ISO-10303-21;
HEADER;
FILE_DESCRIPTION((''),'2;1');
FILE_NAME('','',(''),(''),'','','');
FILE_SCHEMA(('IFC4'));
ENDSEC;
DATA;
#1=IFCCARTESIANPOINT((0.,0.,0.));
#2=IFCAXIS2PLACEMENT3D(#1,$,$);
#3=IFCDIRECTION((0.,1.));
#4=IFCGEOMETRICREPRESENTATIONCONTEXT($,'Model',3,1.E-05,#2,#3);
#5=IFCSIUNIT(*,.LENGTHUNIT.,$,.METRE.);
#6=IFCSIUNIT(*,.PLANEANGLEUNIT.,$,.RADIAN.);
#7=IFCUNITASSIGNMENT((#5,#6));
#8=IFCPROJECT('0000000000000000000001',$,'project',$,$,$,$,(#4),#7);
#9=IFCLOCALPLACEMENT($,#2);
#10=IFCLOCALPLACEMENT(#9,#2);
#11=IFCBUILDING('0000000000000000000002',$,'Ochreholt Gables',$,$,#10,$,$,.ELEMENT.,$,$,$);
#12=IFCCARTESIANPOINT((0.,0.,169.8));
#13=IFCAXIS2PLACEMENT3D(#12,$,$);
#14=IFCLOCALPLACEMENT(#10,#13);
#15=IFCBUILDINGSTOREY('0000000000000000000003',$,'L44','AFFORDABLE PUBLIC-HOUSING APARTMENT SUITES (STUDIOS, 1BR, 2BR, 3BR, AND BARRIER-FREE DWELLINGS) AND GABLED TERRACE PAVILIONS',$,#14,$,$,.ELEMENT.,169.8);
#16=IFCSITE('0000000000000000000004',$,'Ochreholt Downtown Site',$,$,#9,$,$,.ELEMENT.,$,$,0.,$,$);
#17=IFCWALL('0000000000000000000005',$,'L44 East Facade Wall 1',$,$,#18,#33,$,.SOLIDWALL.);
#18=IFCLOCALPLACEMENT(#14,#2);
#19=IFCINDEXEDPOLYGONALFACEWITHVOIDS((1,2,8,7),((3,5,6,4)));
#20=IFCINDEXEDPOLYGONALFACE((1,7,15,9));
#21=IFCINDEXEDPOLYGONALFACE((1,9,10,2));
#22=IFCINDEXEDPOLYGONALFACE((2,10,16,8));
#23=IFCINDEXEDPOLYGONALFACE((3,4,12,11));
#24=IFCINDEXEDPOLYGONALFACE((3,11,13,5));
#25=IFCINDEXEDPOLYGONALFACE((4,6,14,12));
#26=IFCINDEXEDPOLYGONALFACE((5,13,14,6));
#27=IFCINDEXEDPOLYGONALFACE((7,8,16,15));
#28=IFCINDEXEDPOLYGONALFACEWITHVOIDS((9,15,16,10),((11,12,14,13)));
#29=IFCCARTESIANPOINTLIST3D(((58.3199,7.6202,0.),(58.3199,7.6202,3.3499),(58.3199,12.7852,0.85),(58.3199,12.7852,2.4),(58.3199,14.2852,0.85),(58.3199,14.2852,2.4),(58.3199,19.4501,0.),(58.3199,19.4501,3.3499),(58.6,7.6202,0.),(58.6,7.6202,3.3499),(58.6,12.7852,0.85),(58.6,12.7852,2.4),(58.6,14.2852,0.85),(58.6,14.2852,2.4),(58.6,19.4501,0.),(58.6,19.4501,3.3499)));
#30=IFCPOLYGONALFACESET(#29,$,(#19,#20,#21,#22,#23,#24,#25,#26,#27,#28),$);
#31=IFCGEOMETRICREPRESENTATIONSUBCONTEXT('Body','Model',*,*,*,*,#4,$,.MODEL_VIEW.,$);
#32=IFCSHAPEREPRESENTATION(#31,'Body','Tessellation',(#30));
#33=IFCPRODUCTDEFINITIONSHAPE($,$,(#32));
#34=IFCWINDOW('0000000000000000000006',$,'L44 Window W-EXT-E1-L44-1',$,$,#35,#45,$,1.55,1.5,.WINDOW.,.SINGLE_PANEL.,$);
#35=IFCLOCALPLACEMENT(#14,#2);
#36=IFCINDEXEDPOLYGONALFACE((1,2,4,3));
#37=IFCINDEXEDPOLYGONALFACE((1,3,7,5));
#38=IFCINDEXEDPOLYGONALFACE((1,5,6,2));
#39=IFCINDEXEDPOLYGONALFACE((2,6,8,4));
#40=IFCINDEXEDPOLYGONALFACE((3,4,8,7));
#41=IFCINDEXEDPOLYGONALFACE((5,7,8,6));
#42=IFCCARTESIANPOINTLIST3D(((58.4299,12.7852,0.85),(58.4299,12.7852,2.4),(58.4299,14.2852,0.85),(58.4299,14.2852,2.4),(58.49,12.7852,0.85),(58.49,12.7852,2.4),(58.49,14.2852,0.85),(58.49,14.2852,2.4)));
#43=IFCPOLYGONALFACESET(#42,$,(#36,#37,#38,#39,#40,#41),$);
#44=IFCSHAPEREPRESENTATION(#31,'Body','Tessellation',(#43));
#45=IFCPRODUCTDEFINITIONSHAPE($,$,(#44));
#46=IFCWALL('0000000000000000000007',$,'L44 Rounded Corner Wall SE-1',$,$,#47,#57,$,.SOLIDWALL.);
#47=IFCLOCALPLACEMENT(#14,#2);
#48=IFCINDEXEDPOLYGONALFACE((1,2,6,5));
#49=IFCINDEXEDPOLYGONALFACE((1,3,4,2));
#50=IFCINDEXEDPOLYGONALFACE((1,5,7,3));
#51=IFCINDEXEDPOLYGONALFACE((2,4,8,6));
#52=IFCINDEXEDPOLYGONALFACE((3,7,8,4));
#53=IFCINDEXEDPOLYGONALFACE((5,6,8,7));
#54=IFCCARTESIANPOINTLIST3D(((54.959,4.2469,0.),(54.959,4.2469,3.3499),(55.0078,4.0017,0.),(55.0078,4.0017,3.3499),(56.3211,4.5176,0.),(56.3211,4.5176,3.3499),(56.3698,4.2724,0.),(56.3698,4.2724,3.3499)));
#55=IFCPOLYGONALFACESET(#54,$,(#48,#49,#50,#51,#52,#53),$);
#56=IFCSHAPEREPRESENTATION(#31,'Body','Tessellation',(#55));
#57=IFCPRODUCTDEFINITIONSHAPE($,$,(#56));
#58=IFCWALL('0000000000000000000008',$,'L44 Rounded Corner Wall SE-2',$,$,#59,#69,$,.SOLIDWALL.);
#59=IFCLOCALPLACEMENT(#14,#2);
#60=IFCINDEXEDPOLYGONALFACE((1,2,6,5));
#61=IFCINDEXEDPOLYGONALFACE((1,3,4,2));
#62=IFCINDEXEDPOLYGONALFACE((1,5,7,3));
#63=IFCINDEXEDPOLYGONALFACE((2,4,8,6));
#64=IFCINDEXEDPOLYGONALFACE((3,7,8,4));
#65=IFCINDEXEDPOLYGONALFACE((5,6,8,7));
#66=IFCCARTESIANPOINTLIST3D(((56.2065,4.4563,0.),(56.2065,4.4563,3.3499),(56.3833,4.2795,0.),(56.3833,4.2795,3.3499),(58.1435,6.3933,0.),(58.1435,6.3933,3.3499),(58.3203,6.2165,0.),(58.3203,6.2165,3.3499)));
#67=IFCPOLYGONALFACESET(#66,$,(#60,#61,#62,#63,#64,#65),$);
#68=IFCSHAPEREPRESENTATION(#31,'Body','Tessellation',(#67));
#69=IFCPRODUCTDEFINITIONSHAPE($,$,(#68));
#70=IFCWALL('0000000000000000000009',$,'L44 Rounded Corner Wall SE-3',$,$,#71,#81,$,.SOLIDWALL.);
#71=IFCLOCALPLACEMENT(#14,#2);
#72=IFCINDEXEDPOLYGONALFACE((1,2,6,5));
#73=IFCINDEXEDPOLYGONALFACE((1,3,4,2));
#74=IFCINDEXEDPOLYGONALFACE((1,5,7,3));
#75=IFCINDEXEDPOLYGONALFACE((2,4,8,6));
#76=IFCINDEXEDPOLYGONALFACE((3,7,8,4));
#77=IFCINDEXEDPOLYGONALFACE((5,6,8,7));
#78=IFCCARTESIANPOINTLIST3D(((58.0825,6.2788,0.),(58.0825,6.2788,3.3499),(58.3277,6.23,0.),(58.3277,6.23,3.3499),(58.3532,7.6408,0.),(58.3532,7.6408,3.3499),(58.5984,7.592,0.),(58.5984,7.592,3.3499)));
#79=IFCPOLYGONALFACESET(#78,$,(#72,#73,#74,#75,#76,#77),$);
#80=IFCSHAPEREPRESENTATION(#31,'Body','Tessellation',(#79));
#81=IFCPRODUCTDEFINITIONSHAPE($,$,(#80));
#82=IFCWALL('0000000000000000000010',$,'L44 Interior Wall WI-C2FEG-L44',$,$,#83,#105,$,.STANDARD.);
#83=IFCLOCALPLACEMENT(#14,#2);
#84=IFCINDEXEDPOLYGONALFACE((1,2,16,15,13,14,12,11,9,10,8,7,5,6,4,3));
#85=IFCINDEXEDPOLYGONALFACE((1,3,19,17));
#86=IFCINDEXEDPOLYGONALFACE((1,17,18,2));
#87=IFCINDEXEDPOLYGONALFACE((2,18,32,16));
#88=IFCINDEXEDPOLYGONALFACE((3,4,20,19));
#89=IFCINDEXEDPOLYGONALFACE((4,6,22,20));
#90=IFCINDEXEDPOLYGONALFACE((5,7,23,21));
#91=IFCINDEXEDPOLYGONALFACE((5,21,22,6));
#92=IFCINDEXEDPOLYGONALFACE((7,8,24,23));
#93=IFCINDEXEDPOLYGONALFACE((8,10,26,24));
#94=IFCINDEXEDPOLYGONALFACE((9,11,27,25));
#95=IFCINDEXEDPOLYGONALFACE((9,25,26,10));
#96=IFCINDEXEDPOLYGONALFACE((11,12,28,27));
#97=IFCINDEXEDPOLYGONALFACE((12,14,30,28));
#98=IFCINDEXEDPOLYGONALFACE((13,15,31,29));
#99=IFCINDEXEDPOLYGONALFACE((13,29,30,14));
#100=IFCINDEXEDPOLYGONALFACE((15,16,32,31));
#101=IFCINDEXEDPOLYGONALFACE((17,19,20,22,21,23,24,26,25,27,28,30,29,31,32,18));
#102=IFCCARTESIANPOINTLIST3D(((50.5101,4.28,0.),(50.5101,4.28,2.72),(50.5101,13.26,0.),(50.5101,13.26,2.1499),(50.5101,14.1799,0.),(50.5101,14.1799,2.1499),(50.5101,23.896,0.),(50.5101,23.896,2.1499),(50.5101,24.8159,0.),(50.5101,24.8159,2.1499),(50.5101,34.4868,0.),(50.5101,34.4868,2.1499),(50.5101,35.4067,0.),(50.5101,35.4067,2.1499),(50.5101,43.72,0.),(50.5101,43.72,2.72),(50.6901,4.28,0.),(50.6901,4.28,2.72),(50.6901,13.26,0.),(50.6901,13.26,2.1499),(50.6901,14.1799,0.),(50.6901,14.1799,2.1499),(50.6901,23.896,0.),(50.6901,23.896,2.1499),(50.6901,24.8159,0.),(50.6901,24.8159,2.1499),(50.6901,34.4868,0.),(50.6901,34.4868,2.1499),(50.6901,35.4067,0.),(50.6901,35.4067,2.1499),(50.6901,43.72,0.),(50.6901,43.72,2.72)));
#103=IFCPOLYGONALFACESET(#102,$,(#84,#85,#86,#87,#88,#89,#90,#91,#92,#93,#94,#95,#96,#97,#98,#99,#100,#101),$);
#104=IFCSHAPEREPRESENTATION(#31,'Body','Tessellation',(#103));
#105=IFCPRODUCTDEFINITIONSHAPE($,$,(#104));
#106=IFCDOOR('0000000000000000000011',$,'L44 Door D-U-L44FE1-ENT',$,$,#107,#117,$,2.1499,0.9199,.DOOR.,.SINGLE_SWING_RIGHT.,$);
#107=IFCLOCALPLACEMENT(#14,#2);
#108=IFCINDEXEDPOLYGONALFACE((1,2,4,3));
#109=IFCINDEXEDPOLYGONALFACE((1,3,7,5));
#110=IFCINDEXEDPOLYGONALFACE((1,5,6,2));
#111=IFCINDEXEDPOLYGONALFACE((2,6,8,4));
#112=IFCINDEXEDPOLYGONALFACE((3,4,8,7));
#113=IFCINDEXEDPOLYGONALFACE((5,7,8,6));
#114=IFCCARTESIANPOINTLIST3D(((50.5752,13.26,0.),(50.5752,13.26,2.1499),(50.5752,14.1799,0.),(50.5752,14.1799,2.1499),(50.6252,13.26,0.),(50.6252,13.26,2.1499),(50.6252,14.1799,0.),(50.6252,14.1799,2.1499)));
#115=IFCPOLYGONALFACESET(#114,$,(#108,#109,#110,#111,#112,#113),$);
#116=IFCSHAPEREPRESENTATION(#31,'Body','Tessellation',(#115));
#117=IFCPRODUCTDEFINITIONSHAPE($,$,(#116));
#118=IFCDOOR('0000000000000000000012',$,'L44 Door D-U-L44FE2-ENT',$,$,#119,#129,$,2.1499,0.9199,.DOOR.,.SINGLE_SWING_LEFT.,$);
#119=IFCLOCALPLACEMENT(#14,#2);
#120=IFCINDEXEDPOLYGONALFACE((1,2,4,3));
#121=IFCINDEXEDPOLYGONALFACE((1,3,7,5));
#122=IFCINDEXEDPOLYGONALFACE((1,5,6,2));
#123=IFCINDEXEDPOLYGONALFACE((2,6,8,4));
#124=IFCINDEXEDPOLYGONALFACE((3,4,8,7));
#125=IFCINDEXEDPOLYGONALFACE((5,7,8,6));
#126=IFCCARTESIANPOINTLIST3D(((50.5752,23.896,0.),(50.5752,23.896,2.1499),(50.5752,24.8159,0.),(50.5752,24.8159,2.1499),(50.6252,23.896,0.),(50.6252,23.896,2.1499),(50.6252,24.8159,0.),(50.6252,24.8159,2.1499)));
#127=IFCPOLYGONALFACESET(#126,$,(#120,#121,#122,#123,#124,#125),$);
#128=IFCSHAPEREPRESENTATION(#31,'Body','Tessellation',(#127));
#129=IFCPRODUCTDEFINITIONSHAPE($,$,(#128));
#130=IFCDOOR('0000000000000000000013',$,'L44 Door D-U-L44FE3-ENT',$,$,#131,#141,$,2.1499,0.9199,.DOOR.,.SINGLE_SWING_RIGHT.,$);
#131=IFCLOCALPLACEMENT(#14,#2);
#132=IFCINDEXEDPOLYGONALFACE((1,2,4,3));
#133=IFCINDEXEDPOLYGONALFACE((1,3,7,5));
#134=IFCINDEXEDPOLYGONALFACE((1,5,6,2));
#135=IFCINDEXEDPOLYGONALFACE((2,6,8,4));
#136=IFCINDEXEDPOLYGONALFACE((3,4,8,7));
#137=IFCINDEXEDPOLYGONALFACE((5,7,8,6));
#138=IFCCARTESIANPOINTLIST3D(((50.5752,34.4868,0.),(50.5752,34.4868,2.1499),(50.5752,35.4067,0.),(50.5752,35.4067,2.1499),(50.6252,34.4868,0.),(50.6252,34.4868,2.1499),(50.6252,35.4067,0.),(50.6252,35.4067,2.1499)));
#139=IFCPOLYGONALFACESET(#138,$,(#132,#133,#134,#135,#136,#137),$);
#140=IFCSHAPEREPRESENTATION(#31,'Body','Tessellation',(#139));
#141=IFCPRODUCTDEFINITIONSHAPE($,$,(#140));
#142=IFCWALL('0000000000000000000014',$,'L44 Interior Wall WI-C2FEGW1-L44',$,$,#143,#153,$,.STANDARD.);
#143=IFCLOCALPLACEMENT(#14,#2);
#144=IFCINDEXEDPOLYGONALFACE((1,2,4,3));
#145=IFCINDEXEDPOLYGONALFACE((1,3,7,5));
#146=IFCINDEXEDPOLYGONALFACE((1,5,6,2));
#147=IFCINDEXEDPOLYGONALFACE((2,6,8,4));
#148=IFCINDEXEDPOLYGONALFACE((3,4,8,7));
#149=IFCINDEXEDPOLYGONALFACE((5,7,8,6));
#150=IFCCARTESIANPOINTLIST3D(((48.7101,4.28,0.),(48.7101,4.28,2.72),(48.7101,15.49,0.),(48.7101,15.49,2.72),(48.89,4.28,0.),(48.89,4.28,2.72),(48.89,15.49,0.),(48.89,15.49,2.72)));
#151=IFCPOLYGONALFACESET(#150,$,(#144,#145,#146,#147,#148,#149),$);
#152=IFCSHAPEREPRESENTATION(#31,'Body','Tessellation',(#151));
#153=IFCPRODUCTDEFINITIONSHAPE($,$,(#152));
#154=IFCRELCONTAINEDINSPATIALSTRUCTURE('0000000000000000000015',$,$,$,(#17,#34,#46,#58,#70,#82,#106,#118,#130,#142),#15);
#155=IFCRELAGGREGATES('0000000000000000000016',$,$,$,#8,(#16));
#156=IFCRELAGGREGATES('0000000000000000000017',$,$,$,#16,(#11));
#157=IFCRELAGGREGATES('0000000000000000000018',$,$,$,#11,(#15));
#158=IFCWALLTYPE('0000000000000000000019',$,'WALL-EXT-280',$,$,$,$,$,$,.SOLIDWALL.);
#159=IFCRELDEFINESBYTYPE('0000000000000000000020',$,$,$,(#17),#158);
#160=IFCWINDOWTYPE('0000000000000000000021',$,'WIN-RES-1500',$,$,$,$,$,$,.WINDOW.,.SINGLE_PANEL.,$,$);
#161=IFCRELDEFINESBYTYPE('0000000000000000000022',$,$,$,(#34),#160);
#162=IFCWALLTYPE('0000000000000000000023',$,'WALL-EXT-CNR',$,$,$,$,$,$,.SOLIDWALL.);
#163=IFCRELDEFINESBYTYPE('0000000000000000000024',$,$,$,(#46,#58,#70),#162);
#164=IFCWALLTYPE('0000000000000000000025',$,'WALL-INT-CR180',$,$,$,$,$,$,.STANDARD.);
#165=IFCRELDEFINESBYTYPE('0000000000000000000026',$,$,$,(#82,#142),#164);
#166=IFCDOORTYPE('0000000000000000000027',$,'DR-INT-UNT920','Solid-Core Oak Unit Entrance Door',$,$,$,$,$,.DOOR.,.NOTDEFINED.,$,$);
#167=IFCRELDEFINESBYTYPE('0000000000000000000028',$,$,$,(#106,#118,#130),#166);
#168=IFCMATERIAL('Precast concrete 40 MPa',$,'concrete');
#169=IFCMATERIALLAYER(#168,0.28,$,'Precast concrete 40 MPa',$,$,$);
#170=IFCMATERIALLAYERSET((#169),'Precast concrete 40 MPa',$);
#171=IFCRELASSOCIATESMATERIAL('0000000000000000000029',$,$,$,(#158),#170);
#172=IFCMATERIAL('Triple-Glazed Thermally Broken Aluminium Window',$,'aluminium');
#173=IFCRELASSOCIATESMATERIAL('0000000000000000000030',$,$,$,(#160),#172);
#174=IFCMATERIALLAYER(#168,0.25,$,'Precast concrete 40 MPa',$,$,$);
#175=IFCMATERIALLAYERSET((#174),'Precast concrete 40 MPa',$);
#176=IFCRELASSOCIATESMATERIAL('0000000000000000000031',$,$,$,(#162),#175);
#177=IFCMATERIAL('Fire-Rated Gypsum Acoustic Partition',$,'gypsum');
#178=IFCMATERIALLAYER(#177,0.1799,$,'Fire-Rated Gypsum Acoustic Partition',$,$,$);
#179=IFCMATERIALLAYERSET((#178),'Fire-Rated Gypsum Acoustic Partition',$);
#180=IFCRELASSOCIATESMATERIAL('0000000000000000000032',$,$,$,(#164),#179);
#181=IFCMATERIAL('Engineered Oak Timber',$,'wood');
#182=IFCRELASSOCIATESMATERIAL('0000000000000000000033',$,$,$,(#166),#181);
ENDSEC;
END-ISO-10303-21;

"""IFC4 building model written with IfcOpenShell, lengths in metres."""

from ifc_helpers import new_model, si_unit, direction, frame, frame_2d, origin, place, context, subcontext, project, spatial, rectangle, extrude, material, layer, layer_set, type_object, element, fill, save


model = new_model("IFC4")

# Units and contexts
model_context = context("Model", 3, precision=1e-05, world=origin(), true_north=direction((0.0, 1.0)))
body_context = subcontext(model_context, "Body", "Model", "MODEL_VIEW")
ifc_project = project(units=[si_unit("LENGTHUNIT", "METRE"), si_unit("PLANEANGLEUNIT", "RADIAN")], contexts=[model_context])

# Site, building, storey
site_placement = place(None, origin())
site = spatial("IfcSite", under=ifc_project, at=site_placement, Name="Ochreholt Downtown Site", CompositionType="ELEMENT", RefElevation=0.0)
building_placement = place(site_placement, origin())
building = spatial("IfcBuilding", under=site, at=building_placement, Name="Ochreholt Gables", CompositionType="ELEMENT")
storey_placement = place(building_placement, frame((0.0, 0.0, 169.8)))
storey = spatial("IfcBuildingStorey", under=building, at=storey_placement, Name="L44", Description="AFFORDABLE PUBLIC-HOUSING APARTMENT SUITES (STUDIOS, 1BR, 2BR, 3BR, AND BARRIER-FREE DWELLINGS) AND GABLED TERRACE PAVILIONS", CompositionType="ELEMENT", Elevation=169.8)

# Wall, opening, window
ifc_material_1 = material(Name="Precast concrete 40 MPa", Category="concrete")
ifc_layer_1 = layer(ifc_material_1, 0.28, Name="Precast concrete 40 MPa")
ifc_layer_set_1 = layer_set([ifc_layer_1], Name="Precast concrete 40 MPa")
wall_type_1 = type_object("IfcWallType", Name="WALL-EXT-280", PredefinedType="SOLIDWALL", material=ifc_layer_set_1)
wall_1_placement = place(storey_placement, frame((58.46, 7.6201, 0.0), z_axis=(0.0, 0.0, 1.0), x_axis=(0.0, 1.0, 0.0)))
wall_1 = element("IfcWall", 1, at=wall_1_placement, inside=storey, type_object=wall_type_1, Name="L44 East Facade Wall 1", PredefinedType="SOLIDWALL", context=body_context, shape_type="SweptSolid", body=[
    extrude(rectangle(XDim=11.8298, YDim=0.28, at=frame_2d((5.915, 0.0))), origin(), (0.0, 0.0, 1.0), 3.3499),
])
opening_1_placement = place(wall_1_placement, frame((5.165, 0.0, 0.8501)))
opening_1 = element("IfcOpeningElement", 2, at=opening_1_placement, cuts=wall_1, PredefinedType="OPENING", context=body_context, shape_type="SweptSolid", body=[
    extrude(rectangle(XDim=1.5, YDim=1.55, at=frame_2d((0.75, 0.7749))), frame((0.0, 0.1499, 0.0), z_axis=(0.0, -1.0, 0.0), x_axis=(1.0, 0.0, 0.0)), (0.0, 0.0, 1.0), 0.3),
])
ifc_material_2 = material(Name="Triple-Glazed Thermally Broken Aluminium Window", Category="aluminium")
window_type = type_object("IfcWindowType", Name="WIN-RES-1500", PartitioningType="SINGLE_PANEL", PredefinedType="WINDOW", material=ifc_material_2)
window_placement = place(opening_1_placement, origin())
window = element("IfcWindow", 3, at=window_placement, inside=storey, type_object=window_type, Name="L44 Window W-EXT-E1-L44-1", OverallHeight=1.55, OverallWidth=1.5, PartitioningType="SINGLE_PANEL", PredefinedType="WINDOW", context=body_context, shape_type="SweptSolid", body=[
    extrude(rectangle(XDim=1.5, YDim=1.55, at=frame_2d((0.75, 0.7749))), frame((0.0, 0.03, 0.0), z_axis=(0.0, -1.0, 0.0), x_axis=(1.0, 0.0, 0.0)), (0.0, 0.0, 1.0), 0.0601),
])
fill(opening_1, window)

# Walls
ifc_layer_2 = layer(ifc_material_1, 0.25, Name="Precast concrete 40 MPa")
ifc_layer_set_2 = layer_set([ifc_layer_2], Name="Precast concrete 40 MPa")
wall_type_2 = type_object("IfcWallType", Name="WALL-EXT-CNR", PredefinedType="SOLIDWALL", material=ifc_layer_set_2)
wall_2_placement = place(storey_placement, frame((54.9834, 4.1243, 0.0), z_axis=(0.0, 0.0, 1.0), x_axis=(0.98081, 0.194967, 0.0)))
element("IfcWall", 4, at=wall_2_placement, inside=storey, type_object=wall_type_2, Name="L44 Rounded Corner Wall SE-1", PredefinedType="SOLIDWALL", context=body_context, shape_type="SweptSolid", body=[
    extrude(rectangle(XDim=1.3887, YDim=0.25, at=frame_2d((0.6943, 0.0))), origin(), (0.0, 0.0, 1.0), 3.3499),
])
wall_3_placement = place(storey_placement, frame((56.2949, 4.3679, 0.0), z_axis=(0.0, 0.0, 1.0), x_axis=(0.707107, 0.707107, 0.0)))
element("IfcWall", 5, at=wall_3_placement, inside=storey, type_object=wall_type_2, Name="L44 Rounded Corner Wall SE-2", PredefinedType="SOLIDWALL", context=body_context, shape_type="SweptSolid", body=[
    extrude(rectangle(XDim=2.7393, YDim=0.25, at=frame_2d((1.3696, 0.0))), origin(), (0.0, 0.0, 1.0), 3.3499),
])
wall_4_placement = place(storey_placement, frame((58.2051, 6.2544, 0.0), z_axis=(0.0, 0.0, 1.0), x_axis=(0.194967, 0.98081, 0.0)))
element("IfcWall", 6, at=wall_4_placement, inside=storey, type_object=wall_type_2, Name="L44 Rounded Corner Wall SE-3", PredefinedType="SOLIDWALL", context=body_context, shape_type="SweptSolid", body=[
    extrude(rectangle(XDim=1.3887, YDim=0.25, at=frame_2d((0.6943, 0.0))), origin(), (0.0, 0.0, 1.0), 3.3499),
])

# Wall, openings, doors
ifc_material_3 = material(Name="Fire-Rated Gypsum Acoustic Partition", Category="gypsum")
ifc_layer_3 = layer(ifc_material_3, 0.1799, Name="Fire-Rated Gypsum Acoustic Partition")
ifc_layer_set_3 = layer_set([ifc_layer_3], Name="Fire-Rated Gypsum Acoustic Partition")
wall_type_3 = type_object("IfcWallType", Name="WALL-INT-CR180", PredefinedType="STANDARD", material=ifc_layer_set_3)
wall_5_placement = place(storey_placement, frame((50.6001, 4.28, 0.0), z_axis=(0.0, 0.0, 1.0), x_axis=(0.0, 1.0, 0.0)))
wall_5 = element("IfcWall", 7, at=wall_5_placement, inside=storey, type_object=wall_type_3, Name="L44 Interior Wall WI-C2FEG-L44", PredefinedType="STANDARD", context=body_context, shape_type="SweptSolid", body=[
    extrude(rectangle(XDim=39.4399, YDim=0.1799, at=frame_2d((19.72, 0.0))), origin(), (0.0, 0.0, 1.0), 2.72),
])
opening_2_placement = place(wall_5_placement, frame((8.98, 0.0, 0.0)))
opening_2 = element("IfcOpeningElement", 8, at=opening_2_placement, cuts=wall_5, PredefinedType="OPENING", context=body_context, shape_type="SweptSolid", body=[
    extrude(rectangle(XDim=0.9199, YDim=2.1499, at=frame_2d((0.46, 1.075))), frame((0.0, 0.0999, 0.0), z_axis=(0.0, -1.0, 0.0), x_axis=(1.0, 0.0, 0.0)), (0.0, 0.0, 1.0), 0.2),
])
opening_3_placement = place(wall_5_placement, frame((19.616, 0.0, 0.0)))
opening_3 = element("IfcOpeningElement", 9, at=opening_3_placement, cuts=wall_5, PredefinedType="OPENING", context=body_context, shape_type="SweptSolid", body=[
    extrude(rectangle(XDim=0.9199, YDim=2.1499, at=frame_2d((0.46, 1.075))), frame((0.0, 0.0999, 0.0), z_axis=(0.0, -1.0, 0.0), x_axis=(1.0, 0.0, 0.0)), (0.0, 0.0, 1.0), 0.2),
])
opening_4_placement = place(wall_5_placement, frame((30.2068, 0.0, 0.0)))
opening_4 = element("IfcOpeningElement", 10, at=opening_4_placement, cuts=wall_5, PredefinedType="OPENING", context=body_context, shape_type="SweptSolid", body=[
    extrude(rectangle(XDim=0.9199, YDim=2.1499, at=frame_2d((0.46, 1.075))), frame((0.0, 0.0999, 0.0), z_axis=(0.0, -1.0, 0.0), x_axis=(1.0, 0.0, 0.0)), (0.0, 0.0, 1.0), 0.2),
])
ifc_material_4 = material(Name="Engineered Oak Timber", Category="wood")
door_type = type_object("IfcDoorType", Name="DR-INT-UNT920", Description="Solid-Core Oak Unit Entrance Door", OperationType="NOTDEFINED", PredefinedType="DOOR", material=ifc_material_4)
door_1_placement = place(opening_2_placement, origin())
door_1 = element("IfcDoor", 11, at=door_1_placement, inside=storey, type_object=door_type, Name="L44 Door D-U-L44FE1-ENT", OperationType="SINGLE_SWING_RIGHT", OverallHeight=2.1499, OverallWidth=0.9199, PredefinedType="DOOR", context=body_context, shape_type="SweptSolid", body=[
    extrude(rectangle(XDim=0.9199, YDim=2.1499, at=frame_2d((0.46, 1.075))), frame((0.0, 0.0249, 0.0), z_axis=(0.0, -1.0, 0.0), x_axis=(1.0, 0.0, 0.0)), (0.0, 0.0, 1.0), 0.05),
])
fill(opening_2, door_1)
door_2_placement = place(opening_3_placement, origin())
door_2 = element("IfcDoor", 12, at=door_2_placement, inside=storey, type_object=door_type, Name="L44 Door D-U-L44FE2-ENT", OperationType="SINGLE_SWING_LEFT", OverallHeight=2.1499, OverallWidth=0.9199, PredefinedType="DOOR", context=body_context, shape_type="SweptSolid", body=[
    extrude(rectangle(XDim=0.9199, YDim=2.1499, at=frame_2d((0.46, 1.075))), frame((0.0, 0.0249, 0.0), z_axis=(0.0, -1.0, 0.0), x_axis=(1.0, 0.0, 0.0)), (0.0, 0.0, 1.0), 0.05),
])
fill(opening_3, door_2)
door_3_placement = place(opening_4_placement, origin())
door_3 = element("IfcDoor", 13, at=door_3_placement, inside=storey, type_object=door_type, Name="L44 Door D-U-L44FE3-ENT", OperationType="SINGLE_SWING_RIGHT", OverallHeight=2.1499, OverallWidth=0.9199, PredefinedType="DOOR", context=body_context, shape_type="SweptSolid", body=[
    extrude(rectangle(XDim=0.9199, YDim=2.1499, at=frame_2d((0.46, 1.075))), frame((0.0, 0.0249, 0.0), z_axis=(0.0, -1.0, 0.0), x_axis=(1.0, 0.0, 0.0)), (0.0, 0.0, 1.0), 0.05),
])
fill(opening_4, door_3)

# Wall
wall_6_placement = place(storey_placement, frame((48.8, 4.28, 0.0), z_axis=(0.0, 0.0, 1.0), x_axis=(0.0, 1.0, 0.0)))
element("IfcWall", 14, at=wall_6_placement, inside=storey, type_object=wall_type_3, Name="L44 Interior Wall WI-C2FEGW1-L44", PredefinedType="STANDARD", context=body_context, shape_type="SweptSolid", body=[
    extrude(rectangle(XDim=11.21, YDim=0.1799, at=frame_2d((5.605, 0.0))), origin(), (0.0, 0.0, 1.0), 2.72),
])

save(model, "model.ifc")
